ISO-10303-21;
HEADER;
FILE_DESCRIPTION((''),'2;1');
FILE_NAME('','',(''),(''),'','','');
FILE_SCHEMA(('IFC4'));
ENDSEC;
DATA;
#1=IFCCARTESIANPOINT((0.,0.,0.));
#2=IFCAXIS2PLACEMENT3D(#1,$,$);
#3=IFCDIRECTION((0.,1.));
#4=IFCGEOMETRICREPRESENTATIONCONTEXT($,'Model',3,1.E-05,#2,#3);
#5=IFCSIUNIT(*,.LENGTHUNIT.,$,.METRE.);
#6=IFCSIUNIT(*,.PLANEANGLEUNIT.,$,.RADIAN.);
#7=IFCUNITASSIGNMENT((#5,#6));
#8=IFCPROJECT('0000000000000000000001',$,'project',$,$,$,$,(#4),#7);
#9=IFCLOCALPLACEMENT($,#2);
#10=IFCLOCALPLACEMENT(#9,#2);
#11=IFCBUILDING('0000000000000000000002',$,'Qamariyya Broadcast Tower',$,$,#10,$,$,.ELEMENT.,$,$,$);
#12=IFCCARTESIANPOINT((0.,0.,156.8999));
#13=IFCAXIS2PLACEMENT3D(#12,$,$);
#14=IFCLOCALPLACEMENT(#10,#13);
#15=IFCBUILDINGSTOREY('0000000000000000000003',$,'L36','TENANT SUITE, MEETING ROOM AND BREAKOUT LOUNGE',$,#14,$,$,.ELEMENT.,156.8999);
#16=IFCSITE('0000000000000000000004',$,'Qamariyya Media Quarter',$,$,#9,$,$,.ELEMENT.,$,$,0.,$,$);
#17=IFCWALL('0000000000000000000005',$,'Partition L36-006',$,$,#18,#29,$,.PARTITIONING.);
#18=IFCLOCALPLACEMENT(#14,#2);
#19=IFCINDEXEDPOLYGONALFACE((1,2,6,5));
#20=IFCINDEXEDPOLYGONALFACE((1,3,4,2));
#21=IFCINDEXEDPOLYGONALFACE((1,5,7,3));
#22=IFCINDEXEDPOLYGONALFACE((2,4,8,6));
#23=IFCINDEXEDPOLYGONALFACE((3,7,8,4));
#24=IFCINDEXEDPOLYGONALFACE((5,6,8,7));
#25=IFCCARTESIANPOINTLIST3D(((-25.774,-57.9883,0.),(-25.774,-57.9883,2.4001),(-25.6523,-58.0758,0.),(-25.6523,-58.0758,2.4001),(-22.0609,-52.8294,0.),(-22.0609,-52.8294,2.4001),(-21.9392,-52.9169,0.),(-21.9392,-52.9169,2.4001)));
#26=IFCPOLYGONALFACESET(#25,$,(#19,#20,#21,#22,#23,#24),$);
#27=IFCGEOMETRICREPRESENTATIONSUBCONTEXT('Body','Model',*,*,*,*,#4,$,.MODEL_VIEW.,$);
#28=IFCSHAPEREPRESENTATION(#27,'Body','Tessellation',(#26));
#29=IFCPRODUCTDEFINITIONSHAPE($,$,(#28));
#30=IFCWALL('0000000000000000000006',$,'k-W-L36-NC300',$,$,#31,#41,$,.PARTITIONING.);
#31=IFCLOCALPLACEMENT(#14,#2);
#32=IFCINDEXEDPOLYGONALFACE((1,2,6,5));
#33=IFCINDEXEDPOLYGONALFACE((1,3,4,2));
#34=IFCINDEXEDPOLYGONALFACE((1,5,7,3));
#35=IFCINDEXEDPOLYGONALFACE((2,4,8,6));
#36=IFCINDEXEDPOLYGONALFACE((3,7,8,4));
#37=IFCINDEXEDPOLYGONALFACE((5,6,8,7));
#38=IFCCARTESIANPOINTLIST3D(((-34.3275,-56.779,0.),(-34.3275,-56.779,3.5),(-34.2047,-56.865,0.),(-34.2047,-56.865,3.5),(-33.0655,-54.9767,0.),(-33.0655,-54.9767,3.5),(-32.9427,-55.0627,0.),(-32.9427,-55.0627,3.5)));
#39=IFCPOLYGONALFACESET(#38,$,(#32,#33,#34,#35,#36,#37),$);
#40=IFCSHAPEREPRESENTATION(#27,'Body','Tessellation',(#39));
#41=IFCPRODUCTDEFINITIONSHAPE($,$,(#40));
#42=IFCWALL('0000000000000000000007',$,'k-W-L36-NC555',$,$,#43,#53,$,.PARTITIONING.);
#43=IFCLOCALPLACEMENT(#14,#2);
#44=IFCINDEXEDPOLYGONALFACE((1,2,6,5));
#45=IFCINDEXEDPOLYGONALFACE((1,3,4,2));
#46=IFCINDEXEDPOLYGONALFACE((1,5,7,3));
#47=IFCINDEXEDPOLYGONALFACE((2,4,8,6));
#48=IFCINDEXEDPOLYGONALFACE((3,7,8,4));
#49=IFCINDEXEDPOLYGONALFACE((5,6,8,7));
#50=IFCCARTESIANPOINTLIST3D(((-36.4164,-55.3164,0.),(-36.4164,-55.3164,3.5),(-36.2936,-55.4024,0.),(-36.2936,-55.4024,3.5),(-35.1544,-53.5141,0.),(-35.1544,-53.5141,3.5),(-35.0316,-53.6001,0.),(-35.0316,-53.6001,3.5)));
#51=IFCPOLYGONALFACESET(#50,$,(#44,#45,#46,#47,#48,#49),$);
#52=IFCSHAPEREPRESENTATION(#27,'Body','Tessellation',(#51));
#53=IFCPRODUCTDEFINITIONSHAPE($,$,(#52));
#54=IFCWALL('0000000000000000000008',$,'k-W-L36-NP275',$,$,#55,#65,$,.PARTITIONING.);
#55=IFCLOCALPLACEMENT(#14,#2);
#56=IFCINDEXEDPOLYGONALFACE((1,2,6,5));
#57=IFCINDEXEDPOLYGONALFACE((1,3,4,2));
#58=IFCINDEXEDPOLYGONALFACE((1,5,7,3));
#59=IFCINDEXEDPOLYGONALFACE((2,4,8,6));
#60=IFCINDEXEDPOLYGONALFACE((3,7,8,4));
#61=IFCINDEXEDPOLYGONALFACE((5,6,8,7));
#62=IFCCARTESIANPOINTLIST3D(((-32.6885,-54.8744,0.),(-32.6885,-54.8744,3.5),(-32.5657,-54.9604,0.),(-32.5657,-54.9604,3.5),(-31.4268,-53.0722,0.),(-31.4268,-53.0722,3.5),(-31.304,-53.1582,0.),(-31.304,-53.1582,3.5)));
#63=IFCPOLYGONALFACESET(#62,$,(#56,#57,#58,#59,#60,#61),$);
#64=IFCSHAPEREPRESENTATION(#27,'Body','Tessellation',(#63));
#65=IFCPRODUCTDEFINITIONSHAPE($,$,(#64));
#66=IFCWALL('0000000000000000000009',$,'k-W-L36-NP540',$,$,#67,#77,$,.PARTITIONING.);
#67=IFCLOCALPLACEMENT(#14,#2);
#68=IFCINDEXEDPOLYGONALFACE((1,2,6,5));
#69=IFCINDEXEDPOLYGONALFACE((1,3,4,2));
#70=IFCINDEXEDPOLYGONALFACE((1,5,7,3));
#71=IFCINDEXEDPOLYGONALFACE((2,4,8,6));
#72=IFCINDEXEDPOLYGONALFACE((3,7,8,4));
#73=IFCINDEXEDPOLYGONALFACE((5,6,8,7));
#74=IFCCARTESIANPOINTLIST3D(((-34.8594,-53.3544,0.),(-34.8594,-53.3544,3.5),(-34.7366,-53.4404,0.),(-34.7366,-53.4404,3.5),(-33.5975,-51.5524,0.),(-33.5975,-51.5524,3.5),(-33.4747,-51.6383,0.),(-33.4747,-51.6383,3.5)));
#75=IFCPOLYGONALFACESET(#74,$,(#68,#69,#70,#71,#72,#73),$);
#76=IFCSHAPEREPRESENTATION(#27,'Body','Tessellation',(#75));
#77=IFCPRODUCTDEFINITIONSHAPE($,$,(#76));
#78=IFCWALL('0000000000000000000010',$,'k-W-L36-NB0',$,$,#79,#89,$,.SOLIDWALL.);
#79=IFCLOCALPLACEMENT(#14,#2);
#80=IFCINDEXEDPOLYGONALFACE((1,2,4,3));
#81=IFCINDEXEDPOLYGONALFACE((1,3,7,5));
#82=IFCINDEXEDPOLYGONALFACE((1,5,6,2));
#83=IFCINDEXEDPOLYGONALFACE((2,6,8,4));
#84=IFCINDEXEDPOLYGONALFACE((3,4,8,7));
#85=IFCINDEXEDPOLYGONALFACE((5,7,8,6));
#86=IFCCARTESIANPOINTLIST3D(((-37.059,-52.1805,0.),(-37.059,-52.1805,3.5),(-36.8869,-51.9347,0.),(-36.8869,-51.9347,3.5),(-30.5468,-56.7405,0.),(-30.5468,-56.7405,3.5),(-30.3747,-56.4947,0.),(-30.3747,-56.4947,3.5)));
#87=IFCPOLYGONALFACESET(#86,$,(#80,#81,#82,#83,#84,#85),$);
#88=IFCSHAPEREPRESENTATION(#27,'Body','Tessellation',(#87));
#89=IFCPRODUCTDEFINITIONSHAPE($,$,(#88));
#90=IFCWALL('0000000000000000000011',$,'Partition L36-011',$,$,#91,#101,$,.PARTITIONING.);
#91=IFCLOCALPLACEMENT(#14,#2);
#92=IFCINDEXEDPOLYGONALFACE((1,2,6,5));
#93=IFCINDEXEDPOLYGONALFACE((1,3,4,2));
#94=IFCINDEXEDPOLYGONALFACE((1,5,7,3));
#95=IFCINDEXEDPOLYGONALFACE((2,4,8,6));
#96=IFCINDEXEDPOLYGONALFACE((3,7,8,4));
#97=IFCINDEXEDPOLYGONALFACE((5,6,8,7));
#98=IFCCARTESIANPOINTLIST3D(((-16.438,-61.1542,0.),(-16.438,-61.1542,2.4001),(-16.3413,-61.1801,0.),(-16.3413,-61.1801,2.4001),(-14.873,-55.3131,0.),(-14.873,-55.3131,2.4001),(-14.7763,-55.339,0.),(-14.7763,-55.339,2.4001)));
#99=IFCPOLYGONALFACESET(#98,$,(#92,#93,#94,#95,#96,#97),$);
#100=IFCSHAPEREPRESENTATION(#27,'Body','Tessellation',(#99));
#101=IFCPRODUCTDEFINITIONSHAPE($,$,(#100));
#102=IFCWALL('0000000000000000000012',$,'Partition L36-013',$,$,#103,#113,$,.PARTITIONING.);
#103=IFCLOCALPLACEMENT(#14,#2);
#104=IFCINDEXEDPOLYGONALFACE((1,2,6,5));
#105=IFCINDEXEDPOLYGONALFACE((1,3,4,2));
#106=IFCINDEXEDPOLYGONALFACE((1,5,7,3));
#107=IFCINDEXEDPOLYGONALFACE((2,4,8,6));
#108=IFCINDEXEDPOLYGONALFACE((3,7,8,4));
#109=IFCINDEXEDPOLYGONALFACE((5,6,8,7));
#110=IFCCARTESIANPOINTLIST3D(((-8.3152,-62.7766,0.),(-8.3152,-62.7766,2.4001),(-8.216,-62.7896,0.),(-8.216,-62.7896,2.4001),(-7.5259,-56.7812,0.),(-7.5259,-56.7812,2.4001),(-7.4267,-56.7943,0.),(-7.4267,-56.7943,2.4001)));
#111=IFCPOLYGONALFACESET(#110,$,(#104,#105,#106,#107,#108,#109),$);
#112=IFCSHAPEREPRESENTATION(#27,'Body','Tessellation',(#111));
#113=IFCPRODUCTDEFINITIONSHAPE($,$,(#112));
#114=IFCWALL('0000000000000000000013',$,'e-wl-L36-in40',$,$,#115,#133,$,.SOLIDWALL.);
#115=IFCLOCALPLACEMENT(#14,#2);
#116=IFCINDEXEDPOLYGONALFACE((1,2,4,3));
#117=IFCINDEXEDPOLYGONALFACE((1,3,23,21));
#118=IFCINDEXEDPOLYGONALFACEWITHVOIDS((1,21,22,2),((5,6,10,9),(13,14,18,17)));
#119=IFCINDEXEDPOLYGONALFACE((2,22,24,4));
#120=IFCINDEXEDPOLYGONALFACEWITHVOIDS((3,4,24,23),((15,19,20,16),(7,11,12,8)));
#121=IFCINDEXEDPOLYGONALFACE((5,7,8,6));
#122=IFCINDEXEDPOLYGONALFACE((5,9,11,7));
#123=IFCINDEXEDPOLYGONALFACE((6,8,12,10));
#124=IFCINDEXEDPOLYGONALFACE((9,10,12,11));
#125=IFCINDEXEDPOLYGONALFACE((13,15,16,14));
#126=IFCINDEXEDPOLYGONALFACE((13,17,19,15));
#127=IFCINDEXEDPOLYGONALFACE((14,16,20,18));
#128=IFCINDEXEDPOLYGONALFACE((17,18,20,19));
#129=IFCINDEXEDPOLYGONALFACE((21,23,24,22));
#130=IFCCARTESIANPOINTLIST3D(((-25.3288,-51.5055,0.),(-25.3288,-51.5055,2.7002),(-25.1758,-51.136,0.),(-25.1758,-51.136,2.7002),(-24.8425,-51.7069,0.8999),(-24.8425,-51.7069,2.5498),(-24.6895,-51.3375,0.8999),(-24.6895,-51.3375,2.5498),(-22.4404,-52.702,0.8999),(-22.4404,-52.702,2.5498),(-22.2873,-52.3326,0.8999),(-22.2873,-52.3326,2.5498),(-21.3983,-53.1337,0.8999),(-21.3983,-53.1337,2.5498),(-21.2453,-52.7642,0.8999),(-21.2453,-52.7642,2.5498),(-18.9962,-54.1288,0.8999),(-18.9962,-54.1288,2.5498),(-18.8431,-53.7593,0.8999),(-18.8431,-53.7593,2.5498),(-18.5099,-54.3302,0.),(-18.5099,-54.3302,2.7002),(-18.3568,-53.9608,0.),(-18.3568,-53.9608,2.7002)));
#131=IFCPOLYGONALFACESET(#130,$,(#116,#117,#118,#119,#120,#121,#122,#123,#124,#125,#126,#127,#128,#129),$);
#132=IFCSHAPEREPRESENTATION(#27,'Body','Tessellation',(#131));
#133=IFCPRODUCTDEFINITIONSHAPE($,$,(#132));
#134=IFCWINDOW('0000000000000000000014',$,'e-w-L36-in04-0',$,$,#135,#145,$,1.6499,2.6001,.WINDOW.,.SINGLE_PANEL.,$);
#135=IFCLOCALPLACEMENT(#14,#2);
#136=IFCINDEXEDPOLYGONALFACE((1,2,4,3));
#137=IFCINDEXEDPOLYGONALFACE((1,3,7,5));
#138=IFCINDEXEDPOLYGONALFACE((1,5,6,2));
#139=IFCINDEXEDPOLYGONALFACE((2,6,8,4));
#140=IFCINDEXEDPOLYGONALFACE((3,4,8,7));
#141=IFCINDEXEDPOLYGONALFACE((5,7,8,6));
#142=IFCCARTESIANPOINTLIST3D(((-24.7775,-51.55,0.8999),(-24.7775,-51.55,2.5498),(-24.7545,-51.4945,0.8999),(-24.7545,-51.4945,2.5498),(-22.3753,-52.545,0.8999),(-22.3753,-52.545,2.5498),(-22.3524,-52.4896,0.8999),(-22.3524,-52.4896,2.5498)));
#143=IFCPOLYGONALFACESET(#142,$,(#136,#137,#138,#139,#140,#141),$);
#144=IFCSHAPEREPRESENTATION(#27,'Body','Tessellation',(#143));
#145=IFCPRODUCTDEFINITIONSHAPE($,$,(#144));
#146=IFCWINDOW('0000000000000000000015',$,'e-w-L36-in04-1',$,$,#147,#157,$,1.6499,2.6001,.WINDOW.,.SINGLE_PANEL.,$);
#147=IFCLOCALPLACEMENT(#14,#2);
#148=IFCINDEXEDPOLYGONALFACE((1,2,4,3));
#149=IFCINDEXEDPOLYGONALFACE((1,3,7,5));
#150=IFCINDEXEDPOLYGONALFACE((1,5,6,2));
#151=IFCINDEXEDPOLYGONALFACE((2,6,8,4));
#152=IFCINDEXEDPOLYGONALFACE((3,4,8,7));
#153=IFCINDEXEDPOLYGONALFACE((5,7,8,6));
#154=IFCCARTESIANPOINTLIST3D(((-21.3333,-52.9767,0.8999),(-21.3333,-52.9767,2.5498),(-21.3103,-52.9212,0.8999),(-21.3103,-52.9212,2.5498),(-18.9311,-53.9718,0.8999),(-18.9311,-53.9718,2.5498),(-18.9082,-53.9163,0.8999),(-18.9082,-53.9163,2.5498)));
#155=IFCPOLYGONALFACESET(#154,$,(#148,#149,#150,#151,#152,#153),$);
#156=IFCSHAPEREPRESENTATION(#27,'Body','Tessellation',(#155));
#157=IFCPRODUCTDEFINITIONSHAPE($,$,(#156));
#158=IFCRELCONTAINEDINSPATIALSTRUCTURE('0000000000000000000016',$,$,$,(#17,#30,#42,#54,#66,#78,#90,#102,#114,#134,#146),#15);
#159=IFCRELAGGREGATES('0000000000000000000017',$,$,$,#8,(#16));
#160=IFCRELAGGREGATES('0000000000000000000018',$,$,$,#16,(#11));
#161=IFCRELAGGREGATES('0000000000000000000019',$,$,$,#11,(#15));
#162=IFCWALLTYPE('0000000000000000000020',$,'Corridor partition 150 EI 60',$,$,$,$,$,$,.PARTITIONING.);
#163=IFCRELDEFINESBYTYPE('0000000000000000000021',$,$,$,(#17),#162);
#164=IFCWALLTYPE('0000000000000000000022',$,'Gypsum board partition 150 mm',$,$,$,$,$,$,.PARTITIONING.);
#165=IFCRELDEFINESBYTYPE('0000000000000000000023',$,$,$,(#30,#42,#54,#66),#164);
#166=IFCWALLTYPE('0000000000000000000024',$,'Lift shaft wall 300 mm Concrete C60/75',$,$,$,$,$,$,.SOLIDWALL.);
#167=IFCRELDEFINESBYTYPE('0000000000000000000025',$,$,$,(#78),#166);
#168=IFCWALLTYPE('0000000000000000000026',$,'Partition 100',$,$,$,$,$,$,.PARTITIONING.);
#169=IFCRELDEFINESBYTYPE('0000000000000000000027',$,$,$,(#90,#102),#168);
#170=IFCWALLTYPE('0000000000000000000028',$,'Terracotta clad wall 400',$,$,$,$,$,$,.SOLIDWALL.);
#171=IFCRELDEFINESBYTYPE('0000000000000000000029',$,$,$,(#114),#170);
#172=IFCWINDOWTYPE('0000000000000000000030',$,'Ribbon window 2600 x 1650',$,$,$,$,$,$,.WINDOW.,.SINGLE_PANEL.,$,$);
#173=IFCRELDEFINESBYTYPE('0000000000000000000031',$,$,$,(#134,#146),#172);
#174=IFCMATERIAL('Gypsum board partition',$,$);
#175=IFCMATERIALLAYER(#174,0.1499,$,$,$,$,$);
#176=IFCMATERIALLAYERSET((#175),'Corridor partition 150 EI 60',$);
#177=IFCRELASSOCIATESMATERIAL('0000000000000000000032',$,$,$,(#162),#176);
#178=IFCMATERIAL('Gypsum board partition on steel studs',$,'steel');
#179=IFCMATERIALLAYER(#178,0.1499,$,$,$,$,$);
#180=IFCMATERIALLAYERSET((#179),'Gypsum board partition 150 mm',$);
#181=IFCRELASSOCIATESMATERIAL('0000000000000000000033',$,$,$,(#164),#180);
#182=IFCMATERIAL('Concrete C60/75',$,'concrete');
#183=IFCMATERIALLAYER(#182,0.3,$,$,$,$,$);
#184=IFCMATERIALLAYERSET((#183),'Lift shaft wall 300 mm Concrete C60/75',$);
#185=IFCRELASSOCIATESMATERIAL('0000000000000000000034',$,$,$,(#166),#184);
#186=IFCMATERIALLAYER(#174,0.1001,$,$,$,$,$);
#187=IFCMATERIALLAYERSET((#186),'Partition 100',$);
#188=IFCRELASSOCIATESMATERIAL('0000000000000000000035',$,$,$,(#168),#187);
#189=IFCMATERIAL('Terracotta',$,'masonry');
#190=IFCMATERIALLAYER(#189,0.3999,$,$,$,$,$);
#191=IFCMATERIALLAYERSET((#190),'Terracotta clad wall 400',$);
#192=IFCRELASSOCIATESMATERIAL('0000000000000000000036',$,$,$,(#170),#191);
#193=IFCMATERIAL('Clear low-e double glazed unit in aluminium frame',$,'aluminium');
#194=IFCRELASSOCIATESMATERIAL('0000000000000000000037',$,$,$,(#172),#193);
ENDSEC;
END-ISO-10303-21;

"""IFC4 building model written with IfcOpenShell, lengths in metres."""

from ifc_helpers import new_model, si_unit, direction, frame, frame_2d, origin, place, context, subcontext, project, spatial, rectangle, extrude, material, layer, layer_set, type_object, element, fill, save


model = new_model("IFC4")

# Units and contexts
model_context = context("Model", 3, precision=1e-05, world=origin(), true_north=direction((0.0, 1.0)))
body_context = subcontext(model_context, "Body", "Model", "MODEL_VIEW")
ifc_project = project(units=[si_unit("LENGTHUNIT", "METRE"), si_unit("PLANEANGLEUNIT", "RADIAN")], contexts=[model_context])

# Site, building, storey
site_placement = place(None, origin())
site = spatial("IfcSite", under=ifc_project, at=site_placement, Name="Qamariyya Media Quarter", CompositionType="ELEMENT", RefElevation=0.0)
building_placement = place(site_placement, origin())
building = spatial("IfcBuilding", under=site, at=building_placement, Name="Qamariyya Broadcast Tower", CompositionType="ELEMENT")
storey_placement = place(building_placement, frame((0.0, 0.0, 156.8999)))
storey = spatial("IfcBuildingStorey", under=building, at=storey_placement, Name="L36", Description="TENANT SUITE, MEETING ROOM AND BREAKOUT LOUNGE", CompositionType="ELEMENT", Elevation=156.8999)

# Shared definitions
ifc_material_1 = material(Name="Concrete C60/75", Category="concrete")

# Walls
ifc_material_2 = material(Name="Gypsum board partition")
ifc_layer_1 = layer(ifc_material_2, 0.1499)
ifc_layer_set_1 = layer_set([ifc_layer_1], Name="Corridor partition 150 EI 60")
wall_type_1 = type_object("IfcWallType", Name="Corridor partition 150 EI 60", PredefinedType="PARTITIONING", material=ifc_layer_set_1)
wall_1_placement = place(storey_placement, frame((-22.0, -52.873, 0.0), z_axis=(0.0, 0.0, 1.0), x_axis=(-0.58417, -0.811631, 0.0)))
element("IfcWall", 1, at=wall_1_placement, inside=storey, type_object=wall_type_1, Name="Partition L36-006", PredefinedType="PARTITIONING", context=body_context, shape_type="SweptSolid", body=[
    extrude(rectangle(XDim=6.3562, YDim=0.1499, at=frame_2d((3.1782, 0.0))), origin(), (0.0, 0.0, 1.0), 2.4001),
])
ifc_material_3 = material(Name="Gypsum board partition on steel studs", Category="steel")
ifc_layer_2 = layer(ifc_material_3, 0.1499)
ifc_layer_set_2 = layer_set([ifc_layer_2], Name="Gypsum board partition 150 mm")
wall_type_2 = type_object("IfcWallType", Name="Gypsum board partition 150 mm", PredefinedType="PARTITIONING", material=ifc_layer_set_2)
for number, where, z_axis, x_axis, name in (
    (2, (-34.2661, -56.822, 0.0), (0.0, 0.0, 1.0), (0.573581, 0.819149, 0.0), "k-W-L36-NC300"),
    (3, (-36.355, -55.3594, 0.0), (0.0, 0.0, 1.0), (0.573581, 0.819149, 0.0), "k-W-L36-NC555"),
):
    element("IfcWall", number, at=place(storey_placement, frame(where, z_axis=z_axis, x_axis=x_axis)), inside=storey, type_object=wall_type_2, Name=name, PredefinedType="PARTITIONING", context=body_context, shape_type="SweptSolid", body=[
        extrude(rectangle(XDim=2.2002, YDim=0.1499, at=frame_2d((1.1001, 0.0))), origin(), (0.0, 0.0, 1.0), 3.5),
    ])
for number, where, z_axis, x_axis, name in (
    (4, (-32.6272, -54.9175, 0.0), (0.0, 0.0, 1.0), (0.573507, 0.819201, 0.0), "k-W-L36-NP275"),
    (5, (-34.7981, -53.3975, 0.0), (0.0, 0.0, 1.0), (0.573634, 0.819112, 0.0), "k-W-L36-NP540"),
):
    element("IfcWall", number, at=place(storey_placement, frame(where, z_axis=z_axis, x_axis=x_axis)), inside=storey, type_object=wall_type_2, Name=name, PredefinedType="PARTITIONING", context=body_context, shape_type="SweptSolid", body=[
        extrude(rectangle(XDim=2.2, YDim=0.1499, at=frame_2d((1.1001, 0.0))), origin(), (0.0, 0.0, 1.0), 3.5),
    ])
ifc_layer_3 = layer(ifc_material_1, 0.3)
ifc_layer_set_3 = layer_set([ifc_layer_3], Name="Lift shaft wall 300 mm Concrete C60/75")
wall_type_3 = type_object("IfcWallType", Name="Lift shaft wall 300 mm Concrete C60/75", PredefinedType="SOLIDWALL", material=ifc_layer_set_3)
wall_2_placement = place(storey_placement, frame((-30.4607, -56.6177, 0.0), z_axis=(0.0, 0.0, 1.0), x_axis=(-0.819142, 0.57359, 0.0)))
element("IfcWall", 6, at=wall_2_placement, inside=storey, type_object=wall_type_3, Name="k-W-L36-NB0", PredefinedType="SOLIDWALL", context=body_context, shape_type="SweptSolid", body=[
    extrude(rectangle(XDim=7.95, YDim=0.3, at=frame_2d((3.9751, 0.0))), origin(), (0.0, 0.0, 1.0), 3.5),
])
ifc_layer_4 = layer(ifc_material_2, 0.1001)
ifc_layer_set_4 = layer_set([ifc_layer_4], Name="Partition 100")
wall_type_4 = type_object("IfcWallType", Name="Partition 100", PredefinedType="PARTITIONING", material=ifc_layer_set_4)
for number, where, z_axis, x_axis, name in (
    (7, (-14.8247, -55.3262, 0.0), (0.0, 0.0, 1.0), (-0.258793, -0.965933, 0.0), "Partition L36-011"),
    (8, (-7.4763, -56.7878, 0.0), (0.0, 0.0, 1.0), (-0.130527, -0.991445, 0.0), "Partition L36-013"),
):
    element("IfcWall", number, at=place(storey_placement, frame(where, z_axis=z_axis, x_axis=x_axis)), inside=storey, type_object=wall_type_4, Name=name, PredefinedType="PARTITIONING", context=body_context, shape_type="SweptSolid", body=[
        extrude(rectangle(XDim=6.0471, YDim=0.1001, at=frame_2d((3.0234, 0.0))), origin(), (0.0, 0.0, 1.0), 2.4001),
    ])

# Wall, openings, windows
ifc_material_4 = material(Name="Terracotta", Category="masonry")
ifc_layer_5 = layer(ifc_material_4, 0.3999)
ifc_layer_set_5 = layer_set([ifc_layer_5], Name="Terracotta clad wall 400")
wall_type_5 = type_object("IfcWallType", Name="Terracotta clad wall 400", PredefinedType="SOLIDWALL", material=ifc_layer_set_5)
wall_3_placement = place(storey_placement, frame((-18.4333, -54.1455, 0.0), z_axis=(0.0, 0.0, 1.0), x_axis=(-0.923868, 0.382712, 0.0)))
wall_3 = element("IfcWall", 9, at=wall_3_placement, inside=storey, type_object=wall_type_5, Name="e-wl-L36-in40", PredefinedType="SOLIDWALL", context=body_context, shape_type="SweptSolid", body=[
    extrude(rectangle(XDim=7.3809, YDim=0.3999, at=frame_2d((3.6904, 0.0))), origin(), (0.0, 0.0, 1.0), 2.7002),
])
opening_1_placement = place(wall_3_placement, frame((4.2544, 0.0, 0.8999)))
opening_1 = element("IfcOpeningElement", 10, at=opening_1_placement, cuts=wall_3, PredefinedType="OPENING", context=body_context, shape_type="SweptSolid", body=[
    extrude(rectangle(XDim=2.6001, YDim=1.6499, at=frame_2d((1.3, 0.825))), frame((0.0, 0.21, 0.0), z_axis=(0.0, -1.0, 0.0), x_axis=(1.0, 0.0, 0.0)), (0.0, 0.0, 1.0), 0.4199),
])
opening_2_placement = place(wall_3_placement, frame((0.5264, 0.0, 0.8999)))
opening_2 = element("IfcOpeningElement", 11, at=opening_2_placement, cuts=wall_3, PredefinedType="OPENING", context=body_context, shape_type="SweptSolid", body=[
    extrude(rectangle(XDim=2.6001, YDim=1.6499, at=frame_2d((1.3, 0.825))), frame((0.0, 0.21, 0.0), z_axis=(0.0, -1.0, 0.0), x_axis=(1.0, 0.0, 0.0)), (0.0, 0.0, 1.0), 0.4199),
])
ifc_material_5 = material(Name="Clear low-e double glazed unit in aluminium frame", Category="aluminium")
window_type = type_object("IfcWindowType", Name="Ribbon window 2600 x 1650", PartitioningType="SINGLE_PANEL", PredefinedType="WINDOW", material=ifc_material_5)
window_1_placement = place(opening_1_placement, origin())
window_1 = element("IfcWindow", 12, at=window_1_placement, inside=storey, type_object=window_type, Name="e-w-L36-in04-0", OverallHeight=1.6499, OverallWidth=2.6001, PartitioningType="SINGLE_PANEL", PredefinedType="WINDOW", context=body_context, shape_type="SweptSolid", body=[
    extrude(rectangle(XDim=2.6001, YDim=1.6499, at=frame_2d((1.3, 0.825))), frame((0.0, 0.03, 0.0), z_axis=(0.0, -1.0, 0.0), x_axis=(1.0, 0.0, 0.0)), (0.0, 0.0, 1.0), 0.0601),
])
fill(opening_1, window_1)
window_2_placement = place(opening_2_placement, origin())
window_2 = element("IfcWindow", 13, at=window_2_placement, inside=storey, type_object=window_type, Name="e-w-L36-in04-1", OverallHeight=1.6499, OverallWidth=2.6001, PartitioningType="SINGLE_PANEL", PredefinedType="WINDOW", context=body_context, shape_type="SweptSolid", body=[
    extrude(rectangle(XDim=2.6001, YDim=1.6499, at=frame_2d((1.3, 0.825))), frame((0.0, 0.03, 0.0), z_axis=(0.0, -1.0, 0.0), x_axis=(1.0, 0.0, 0.0)), (0.0, 0.0, 1.0), 0.0601),
])
fill(opening_2, window_2)

save(model, "model.ifc")
